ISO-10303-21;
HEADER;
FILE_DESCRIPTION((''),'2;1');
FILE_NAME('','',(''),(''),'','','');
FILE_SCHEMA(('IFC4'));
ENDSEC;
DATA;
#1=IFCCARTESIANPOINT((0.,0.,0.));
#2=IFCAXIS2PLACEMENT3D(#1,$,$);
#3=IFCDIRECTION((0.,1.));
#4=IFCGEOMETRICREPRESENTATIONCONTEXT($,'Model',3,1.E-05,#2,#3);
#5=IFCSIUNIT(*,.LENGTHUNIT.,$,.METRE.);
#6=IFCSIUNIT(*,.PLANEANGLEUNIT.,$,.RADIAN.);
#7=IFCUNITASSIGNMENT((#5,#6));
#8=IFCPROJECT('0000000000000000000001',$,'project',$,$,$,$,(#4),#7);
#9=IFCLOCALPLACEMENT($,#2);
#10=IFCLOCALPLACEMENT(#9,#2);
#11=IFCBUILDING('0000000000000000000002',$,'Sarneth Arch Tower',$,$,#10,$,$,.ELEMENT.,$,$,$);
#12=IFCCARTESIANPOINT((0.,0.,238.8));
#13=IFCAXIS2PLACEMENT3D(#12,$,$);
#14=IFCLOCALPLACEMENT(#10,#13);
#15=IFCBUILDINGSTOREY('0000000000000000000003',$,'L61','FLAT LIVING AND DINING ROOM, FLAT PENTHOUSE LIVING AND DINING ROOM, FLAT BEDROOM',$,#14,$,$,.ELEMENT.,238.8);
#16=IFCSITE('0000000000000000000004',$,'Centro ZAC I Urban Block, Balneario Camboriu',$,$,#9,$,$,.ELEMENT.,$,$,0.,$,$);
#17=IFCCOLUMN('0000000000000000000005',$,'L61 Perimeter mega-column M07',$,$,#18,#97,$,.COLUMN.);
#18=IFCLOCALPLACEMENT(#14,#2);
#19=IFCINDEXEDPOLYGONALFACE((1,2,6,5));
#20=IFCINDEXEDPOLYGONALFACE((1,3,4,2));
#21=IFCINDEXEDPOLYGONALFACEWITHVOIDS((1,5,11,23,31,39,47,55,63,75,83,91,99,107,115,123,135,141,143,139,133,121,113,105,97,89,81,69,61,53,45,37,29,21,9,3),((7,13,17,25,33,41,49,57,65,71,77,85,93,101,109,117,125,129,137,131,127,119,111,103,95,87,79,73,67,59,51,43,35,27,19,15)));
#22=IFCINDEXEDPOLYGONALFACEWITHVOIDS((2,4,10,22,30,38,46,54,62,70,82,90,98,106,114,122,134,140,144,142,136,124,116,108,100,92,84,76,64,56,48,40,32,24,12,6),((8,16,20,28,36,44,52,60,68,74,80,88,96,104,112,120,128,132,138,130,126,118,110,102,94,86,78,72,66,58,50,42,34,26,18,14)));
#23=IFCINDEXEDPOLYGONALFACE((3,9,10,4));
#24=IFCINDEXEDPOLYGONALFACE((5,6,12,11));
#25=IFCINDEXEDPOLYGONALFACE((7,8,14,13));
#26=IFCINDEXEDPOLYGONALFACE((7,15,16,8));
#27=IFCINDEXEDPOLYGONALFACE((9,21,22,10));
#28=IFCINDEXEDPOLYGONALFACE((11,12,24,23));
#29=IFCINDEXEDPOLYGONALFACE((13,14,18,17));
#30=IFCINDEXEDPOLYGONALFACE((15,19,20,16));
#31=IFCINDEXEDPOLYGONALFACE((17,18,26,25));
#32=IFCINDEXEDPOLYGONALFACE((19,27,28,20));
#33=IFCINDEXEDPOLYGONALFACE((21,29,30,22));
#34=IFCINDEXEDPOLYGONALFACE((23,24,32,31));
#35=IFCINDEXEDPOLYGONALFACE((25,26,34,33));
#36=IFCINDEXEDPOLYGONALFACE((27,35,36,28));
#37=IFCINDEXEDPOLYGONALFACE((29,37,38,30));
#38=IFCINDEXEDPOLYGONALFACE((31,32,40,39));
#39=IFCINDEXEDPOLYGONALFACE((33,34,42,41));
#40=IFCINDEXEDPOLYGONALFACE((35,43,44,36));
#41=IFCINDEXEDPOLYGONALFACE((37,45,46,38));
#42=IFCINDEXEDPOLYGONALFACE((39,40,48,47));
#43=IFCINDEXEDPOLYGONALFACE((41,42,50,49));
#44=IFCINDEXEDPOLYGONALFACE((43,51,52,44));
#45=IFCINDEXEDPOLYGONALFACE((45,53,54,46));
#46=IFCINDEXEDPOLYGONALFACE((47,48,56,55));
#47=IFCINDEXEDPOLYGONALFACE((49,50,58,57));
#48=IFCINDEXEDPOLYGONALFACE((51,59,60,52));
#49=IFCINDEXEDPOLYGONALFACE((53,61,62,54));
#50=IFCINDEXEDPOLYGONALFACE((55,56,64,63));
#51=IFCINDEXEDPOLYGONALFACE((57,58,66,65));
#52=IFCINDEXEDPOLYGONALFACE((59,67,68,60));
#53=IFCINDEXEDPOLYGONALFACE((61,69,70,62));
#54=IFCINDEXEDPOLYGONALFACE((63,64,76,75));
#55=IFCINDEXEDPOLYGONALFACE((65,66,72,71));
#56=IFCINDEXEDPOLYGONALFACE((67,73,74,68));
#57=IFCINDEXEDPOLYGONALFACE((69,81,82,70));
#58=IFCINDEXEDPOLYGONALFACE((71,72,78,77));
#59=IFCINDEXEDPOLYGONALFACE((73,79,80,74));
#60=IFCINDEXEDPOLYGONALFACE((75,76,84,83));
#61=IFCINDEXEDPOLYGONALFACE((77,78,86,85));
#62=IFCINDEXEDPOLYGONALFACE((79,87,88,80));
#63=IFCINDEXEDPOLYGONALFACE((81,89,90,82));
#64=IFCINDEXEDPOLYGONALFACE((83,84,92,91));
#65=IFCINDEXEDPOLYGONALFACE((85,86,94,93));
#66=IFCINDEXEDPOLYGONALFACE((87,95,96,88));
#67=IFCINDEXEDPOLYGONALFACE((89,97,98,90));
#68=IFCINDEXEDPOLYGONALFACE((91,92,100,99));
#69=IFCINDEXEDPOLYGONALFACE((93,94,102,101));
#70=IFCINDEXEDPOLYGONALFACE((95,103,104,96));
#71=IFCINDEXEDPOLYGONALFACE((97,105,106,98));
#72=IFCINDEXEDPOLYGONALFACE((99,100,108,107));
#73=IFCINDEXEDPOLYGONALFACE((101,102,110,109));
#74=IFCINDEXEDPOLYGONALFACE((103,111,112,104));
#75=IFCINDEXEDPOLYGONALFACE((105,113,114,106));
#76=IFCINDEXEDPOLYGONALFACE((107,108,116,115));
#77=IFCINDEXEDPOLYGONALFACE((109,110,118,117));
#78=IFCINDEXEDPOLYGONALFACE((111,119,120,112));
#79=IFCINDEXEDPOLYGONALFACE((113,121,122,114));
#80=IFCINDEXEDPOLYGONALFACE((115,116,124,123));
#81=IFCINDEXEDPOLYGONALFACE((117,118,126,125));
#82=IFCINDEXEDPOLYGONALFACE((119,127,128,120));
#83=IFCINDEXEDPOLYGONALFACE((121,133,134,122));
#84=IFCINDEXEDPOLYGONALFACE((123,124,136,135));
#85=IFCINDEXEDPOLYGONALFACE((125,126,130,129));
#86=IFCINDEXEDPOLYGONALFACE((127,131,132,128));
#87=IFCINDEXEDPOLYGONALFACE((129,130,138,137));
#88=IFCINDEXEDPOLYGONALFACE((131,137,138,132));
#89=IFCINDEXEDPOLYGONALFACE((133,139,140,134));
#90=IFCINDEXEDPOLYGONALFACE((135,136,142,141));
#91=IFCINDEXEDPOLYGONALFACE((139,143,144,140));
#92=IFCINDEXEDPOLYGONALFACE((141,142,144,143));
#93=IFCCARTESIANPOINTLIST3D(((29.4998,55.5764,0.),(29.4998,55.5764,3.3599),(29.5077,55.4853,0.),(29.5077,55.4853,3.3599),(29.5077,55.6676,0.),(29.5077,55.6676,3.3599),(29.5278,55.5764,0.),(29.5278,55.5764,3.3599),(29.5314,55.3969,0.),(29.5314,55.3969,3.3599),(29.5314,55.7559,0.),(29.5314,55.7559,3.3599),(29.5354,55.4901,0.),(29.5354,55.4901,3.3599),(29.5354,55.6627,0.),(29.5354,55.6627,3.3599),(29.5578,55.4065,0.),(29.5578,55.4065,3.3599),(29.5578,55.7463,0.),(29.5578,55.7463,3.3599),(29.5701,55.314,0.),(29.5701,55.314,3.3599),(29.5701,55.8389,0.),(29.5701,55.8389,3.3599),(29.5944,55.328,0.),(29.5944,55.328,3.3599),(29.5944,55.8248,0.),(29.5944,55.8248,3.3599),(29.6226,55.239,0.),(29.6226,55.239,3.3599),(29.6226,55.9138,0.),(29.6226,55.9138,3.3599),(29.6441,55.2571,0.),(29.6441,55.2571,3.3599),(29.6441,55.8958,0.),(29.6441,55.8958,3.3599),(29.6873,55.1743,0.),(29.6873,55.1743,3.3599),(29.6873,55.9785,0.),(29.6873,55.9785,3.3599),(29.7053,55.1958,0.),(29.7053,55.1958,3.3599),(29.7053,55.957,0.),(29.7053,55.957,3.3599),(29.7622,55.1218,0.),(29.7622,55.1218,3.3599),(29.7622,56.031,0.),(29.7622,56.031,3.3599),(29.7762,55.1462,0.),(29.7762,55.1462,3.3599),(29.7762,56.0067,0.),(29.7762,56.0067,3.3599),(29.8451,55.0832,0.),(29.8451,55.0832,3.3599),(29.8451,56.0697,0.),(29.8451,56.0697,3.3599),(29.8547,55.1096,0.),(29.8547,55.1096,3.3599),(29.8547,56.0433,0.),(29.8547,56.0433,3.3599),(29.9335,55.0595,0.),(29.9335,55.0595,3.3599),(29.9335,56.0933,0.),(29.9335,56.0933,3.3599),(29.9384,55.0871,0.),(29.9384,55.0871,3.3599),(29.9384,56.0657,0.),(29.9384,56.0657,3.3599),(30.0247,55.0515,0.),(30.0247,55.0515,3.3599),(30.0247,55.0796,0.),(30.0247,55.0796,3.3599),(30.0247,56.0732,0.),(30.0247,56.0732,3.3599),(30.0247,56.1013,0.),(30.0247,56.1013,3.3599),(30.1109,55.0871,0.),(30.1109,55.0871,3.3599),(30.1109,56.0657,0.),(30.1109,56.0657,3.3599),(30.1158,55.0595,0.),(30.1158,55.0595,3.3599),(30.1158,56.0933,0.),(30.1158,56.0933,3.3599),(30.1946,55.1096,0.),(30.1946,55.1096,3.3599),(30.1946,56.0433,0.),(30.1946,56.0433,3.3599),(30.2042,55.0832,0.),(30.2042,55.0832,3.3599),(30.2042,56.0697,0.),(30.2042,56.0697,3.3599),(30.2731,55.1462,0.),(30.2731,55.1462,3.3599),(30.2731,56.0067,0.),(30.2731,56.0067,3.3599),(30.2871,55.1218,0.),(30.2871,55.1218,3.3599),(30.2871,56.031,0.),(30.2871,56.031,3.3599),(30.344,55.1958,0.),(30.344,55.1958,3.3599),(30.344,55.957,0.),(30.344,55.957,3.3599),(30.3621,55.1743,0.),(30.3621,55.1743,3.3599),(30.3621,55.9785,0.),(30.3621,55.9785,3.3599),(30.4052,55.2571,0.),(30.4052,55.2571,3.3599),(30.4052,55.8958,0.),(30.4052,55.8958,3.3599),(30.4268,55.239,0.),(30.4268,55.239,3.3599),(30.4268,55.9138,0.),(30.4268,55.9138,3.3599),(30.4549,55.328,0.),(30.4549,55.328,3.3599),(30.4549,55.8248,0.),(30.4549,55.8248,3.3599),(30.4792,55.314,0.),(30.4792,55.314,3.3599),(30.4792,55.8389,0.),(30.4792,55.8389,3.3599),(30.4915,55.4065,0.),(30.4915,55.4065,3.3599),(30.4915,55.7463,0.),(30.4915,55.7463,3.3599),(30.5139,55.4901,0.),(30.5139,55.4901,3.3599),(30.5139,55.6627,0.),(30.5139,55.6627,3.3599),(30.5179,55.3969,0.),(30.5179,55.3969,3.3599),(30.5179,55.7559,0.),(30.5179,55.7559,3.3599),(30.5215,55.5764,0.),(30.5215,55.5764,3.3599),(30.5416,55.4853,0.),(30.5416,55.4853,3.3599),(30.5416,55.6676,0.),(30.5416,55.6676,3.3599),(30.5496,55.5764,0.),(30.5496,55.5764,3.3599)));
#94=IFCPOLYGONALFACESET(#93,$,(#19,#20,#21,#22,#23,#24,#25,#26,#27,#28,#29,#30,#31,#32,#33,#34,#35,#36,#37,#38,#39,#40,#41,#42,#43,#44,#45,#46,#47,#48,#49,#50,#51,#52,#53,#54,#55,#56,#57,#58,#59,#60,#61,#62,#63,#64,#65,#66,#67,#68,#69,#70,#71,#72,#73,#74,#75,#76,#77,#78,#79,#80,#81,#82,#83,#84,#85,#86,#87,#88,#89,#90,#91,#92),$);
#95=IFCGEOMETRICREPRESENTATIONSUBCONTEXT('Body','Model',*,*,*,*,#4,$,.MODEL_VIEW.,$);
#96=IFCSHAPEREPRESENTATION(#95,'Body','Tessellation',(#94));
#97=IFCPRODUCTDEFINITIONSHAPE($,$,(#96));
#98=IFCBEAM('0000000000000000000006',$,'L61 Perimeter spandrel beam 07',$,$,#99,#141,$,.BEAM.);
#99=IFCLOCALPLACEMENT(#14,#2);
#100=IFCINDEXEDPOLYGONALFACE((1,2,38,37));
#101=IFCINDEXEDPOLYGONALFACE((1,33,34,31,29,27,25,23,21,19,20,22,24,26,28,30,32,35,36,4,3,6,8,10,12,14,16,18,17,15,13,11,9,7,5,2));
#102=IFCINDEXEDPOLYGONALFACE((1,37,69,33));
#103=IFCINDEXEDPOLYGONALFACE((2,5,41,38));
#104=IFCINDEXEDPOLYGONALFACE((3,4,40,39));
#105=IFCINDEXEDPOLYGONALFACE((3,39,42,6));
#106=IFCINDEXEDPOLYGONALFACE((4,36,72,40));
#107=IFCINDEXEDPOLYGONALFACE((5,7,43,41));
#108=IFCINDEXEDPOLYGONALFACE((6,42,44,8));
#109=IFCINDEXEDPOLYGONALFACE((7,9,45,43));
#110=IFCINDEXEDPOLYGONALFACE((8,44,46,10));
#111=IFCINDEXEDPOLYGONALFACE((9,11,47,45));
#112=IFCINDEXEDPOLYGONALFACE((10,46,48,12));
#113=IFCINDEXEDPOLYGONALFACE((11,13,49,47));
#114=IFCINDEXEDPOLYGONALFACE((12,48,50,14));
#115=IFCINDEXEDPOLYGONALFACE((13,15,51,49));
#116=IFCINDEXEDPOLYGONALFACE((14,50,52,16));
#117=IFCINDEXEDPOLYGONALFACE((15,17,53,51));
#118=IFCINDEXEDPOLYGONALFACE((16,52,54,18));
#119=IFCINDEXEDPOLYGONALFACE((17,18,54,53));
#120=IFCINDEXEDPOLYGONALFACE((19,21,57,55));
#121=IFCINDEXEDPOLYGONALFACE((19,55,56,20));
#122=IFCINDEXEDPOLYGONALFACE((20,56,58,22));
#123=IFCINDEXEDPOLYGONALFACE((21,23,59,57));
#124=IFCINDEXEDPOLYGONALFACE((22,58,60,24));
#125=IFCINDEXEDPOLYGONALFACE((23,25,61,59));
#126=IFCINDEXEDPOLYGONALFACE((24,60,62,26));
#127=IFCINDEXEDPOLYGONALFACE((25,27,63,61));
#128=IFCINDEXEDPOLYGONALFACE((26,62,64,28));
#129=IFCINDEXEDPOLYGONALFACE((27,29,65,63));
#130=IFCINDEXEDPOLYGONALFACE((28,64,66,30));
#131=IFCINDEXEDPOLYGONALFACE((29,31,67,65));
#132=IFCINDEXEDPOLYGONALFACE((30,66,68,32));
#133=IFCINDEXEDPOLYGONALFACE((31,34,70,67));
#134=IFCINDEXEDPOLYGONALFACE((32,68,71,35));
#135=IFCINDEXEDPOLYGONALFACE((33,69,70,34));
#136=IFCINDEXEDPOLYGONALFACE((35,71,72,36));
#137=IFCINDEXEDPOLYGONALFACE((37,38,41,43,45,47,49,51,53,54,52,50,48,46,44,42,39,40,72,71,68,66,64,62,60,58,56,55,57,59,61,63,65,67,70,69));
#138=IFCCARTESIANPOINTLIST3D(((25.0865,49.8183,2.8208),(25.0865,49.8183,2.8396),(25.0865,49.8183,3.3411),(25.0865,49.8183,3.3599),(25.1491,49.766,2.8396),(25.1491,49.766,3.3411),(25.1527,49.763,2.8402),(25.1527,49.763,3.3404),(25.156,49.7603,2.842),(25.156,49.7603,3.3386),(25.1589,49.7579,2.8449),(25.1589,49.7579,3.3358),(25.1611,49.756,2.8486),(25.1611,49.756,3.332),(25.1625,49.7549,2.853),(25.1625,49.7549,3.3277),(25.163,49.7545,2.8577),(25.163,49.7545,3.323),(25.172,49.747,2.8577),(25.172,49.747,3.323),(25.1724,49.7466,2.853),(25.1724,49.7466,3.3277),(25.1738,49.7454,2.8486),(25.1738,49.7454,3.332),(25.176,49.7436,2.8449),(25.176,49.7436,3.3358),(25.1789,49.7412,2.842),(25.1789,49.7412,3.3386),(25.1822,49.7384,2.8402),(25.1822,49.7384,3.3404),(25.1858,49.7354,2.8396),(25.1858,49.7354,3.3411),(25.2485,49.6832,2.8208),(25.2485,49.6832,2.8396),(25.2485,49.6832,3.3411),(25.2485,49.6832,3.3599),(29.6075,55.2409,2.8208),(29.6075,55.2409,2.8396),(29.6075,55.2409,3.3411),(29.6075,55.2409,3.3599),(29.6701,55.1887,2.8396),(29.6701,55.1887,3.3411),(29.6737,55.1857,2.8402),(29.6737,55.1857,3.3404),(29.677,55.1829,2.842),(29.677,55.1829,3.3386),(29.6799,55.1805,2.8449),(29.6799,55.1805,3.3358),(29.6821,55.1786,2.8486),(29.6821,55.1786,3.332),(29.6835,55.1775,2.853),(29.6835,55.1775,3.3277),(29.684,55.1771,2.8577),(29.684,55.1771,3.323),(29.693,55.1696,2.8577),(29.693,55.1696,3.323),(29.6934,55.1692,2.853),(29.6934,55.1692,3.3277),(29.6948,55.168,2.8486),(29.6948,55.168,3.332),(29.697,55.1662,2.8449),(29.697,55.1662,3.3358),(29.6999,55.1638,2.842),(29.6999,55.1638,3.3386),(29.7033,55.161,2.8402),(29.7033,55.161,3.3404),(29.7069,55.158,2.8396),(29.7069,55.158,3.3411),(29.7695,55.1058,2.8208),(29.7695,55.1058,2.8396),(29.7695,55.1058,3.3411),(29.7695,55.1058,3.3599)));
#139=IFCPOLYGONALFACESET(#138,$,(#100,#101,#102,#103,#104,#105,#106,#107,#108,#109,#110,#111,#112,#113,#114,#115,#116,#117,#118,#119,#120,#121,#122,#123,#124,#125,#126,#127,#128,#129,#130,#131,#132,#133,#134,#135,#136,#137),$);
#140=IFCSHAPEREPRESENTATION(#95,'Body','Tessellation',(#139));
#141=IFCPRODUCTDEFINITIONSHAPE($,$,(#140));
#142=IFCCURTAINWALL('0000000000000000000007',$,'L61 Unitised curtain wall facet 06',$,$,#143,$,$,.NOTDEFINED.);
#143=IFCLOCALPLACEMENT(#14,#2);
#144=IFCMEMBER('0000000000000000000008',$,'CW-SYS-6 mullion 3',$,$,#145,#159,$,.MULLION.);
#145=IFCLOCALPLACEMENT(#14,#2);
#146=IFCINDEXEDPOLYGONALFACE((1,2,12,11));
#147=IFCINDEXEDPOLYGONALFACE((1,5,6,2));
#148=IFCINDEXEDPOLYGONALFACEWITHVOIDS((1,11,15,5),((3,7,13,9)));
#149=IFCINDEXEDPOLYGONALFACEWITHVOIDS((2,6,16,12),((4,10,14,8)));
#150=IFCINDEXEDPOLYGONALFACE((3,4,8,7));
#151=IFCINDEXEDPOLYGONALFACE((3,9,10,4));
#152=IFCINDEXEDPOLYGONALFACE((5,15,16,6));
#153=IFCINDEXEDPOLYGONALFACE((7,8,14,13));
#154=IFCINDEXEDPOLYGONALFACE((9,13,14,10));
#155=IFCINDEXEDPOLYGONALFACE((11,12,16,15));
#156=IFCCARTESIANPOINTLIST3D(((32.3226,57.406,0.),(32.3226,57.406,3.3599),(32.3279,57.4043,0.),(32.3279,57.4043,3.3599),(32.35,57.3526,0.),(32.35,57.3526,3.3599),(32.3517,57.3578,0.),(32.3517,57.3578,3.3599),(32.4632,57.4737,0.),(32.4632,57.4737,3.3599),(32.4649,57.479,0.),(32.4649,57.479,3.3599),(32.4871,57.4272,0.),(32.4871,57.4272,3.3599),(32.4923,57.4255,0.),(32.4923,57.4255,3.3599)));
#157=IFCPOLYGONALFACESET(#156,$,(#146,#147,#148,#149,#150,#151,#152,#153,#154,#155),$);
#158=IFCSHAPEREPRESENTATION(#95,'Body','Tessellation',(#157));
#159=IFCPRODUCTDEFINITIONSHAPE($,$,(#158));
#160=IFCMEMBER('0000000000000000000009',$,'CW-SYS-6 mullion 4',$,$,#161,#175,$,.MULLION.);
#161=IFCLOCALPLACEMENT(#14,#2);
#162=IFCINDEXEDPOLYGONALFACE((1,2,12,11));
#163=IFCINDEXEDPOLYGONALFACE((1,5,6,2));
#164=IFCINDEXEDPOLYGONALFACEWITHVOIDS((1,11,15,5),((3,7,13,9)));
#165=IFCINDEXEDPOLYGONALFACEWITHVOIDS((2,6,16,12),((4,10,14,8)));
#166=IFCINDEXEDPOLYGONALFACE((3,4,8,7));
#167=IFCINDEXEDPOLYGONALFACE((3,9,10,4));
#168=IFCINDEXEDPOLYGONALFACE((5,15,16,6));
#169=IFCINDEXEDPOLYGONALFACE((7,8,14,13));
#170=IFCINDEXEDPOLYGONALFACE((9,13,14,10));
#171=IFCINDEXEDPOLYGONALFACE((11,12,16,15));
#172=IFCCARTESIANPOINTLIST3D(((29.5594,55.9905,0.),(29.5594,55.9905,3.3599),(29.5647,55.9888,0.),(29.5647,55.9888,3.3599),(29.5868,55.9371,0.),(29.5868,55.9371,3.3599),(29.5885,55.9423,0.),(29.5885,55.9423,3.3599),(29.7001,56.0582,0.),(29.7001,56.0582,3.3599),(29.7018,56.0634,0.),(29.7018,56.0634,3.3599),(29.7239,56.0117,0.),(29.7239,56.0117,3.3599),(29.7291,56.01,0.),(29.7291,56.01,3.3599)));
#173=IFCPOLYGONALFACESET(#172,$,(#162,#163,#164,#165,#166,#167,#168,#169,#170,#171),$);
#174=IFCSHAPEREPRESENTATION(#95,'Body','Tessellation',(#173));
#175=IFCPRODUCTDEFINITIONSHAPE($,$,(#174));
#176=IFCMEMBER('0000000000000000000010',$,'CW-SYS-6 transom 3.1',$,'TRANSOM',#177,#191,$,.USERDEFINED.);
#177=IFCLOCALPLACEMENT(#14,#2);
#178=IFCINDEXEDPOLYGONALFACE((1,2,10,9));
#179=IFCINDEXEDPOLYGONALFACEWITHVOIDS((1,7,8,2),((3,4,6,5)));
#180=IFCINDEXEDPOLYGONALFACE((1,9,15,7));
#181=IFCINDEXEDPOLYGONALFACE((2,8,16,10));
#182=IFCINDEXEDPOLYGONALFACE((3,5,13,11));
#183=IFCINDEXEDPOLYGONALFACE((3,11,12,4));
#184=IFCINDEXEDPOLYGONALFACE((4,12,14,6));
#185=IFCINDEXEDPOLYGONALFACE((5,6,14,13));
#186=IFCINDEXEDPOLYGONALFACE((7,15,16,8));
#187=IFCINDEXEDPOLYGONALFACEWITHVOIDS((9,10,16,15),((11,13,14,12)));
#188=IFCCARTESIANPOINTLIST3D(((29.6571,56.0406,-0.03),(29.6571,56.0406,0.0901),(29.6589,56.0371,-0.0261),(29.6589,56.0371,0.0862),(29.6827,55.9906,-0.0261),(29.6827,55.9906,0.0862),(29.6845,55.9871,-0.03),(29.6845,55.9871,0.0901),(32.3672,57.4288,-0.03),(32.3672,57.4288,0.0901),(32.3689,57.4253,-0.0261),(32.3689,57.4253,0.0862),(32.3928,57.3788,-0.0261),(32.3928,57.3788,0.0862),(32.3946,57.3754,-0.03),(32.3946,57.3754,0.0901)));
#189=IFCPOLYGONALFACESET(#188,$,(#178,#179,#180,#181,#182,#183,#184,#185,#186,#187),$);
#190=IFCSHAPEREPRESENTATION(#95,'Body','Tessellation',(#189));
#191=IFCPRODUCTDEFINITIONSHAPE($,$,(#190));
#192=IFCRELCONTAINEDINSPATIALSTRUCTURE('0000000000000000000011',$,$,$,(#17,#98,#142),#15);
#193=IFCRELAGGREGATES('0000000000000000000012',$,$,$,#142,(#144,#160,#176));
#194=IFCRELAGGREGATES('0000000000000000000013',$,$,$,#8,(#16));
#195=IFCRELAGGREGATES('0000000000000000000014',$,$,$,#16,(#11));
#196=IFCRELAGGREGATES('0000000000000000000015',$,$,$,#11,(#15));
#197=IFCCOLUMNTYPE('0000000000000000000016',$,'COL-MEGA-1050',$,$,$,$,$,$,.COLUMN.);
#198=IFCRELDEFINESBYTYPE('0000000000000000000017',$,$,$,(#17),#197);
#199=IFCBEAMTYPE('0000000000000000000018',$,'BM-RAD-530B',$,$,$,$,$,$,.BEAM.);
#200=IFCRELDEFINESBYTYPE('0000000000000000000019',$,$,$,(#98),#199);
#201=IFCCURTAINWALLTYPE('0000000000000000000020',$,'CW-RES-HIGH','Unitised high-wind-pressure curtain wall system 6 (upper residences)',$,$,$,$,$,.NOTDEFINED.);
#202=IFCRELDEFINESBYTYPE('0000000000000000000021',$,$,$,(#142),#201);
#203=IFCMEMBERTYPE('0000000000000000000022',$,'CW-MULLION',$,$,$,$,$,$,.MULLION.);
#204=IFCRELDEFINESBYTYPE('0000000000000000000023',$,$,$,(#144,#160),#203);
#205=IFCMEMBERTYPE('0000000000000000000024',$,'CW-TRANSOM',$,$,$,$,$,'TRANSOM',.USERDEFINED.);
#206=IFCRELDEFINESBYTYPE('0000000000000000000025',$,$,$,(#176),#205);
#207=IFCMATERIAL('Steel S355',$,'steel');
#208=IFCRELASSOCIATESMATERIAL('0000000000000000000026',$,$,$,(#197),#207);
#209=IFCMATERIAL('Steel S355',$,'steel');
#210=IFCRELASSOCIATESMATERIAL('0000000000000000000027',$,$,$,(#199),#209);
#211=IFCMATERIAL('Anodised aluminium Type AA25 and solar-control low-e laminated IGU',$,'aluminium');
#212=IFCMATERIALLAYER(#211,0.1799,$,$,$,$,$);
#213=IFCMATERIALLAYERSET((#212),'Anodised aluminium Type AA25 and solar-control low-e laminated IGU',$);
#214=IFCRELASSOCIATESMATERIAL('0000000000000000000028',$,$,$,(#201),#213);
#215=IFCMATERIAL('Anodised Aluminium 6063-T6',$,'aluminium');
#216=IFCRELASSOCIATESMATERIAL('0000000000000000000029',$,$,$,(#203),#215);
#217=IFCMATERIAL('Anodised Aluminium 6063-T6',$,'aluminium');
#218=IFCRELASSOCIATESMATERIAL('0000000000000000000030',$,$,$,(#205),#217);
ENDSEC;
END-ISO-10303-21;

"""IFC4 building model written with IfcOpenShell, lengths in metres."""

from ifc_helpers import new_model, si_unit, direction, frame, origin, origin_2d, place, context, subcontext, project, spatial, hollow_rectangle, hollow_circle, i_section, extrude, material, layer, layer_set, material_profile, profile_set, type_object, element, aggregate, save


model = new_model("IFC4")

# Units and contexts
model_context = context("Model", 3, precision=1e-05, world=origin(), true_north=direction((0.0, 1.0)))
body_context = subcontext(model_context, "Body", "Model", "MODEL_VIEW")
ifc_project = project(units=[si_unit("LENGTHUNIT", "METRE"), si_unit("PLANEANGLEUNIT", "RADIAN")], contexts=[model_context])

# Site, building, storey
site_placement = place(None, origin())
site = spatial("IfcSite", under=ifc_project, at=site_placement, Name="Centro ZAC I Urban Block, Balneario Camboriu", CompositionType="ELEMENT", RefElevation=0.0)
building_placement = place(site_placement, origin())
building = spatial("IfcBuilding", under=site, at=building_placement, Name="Sarneth Arch Tower", CompositionType="ELEMENT")
storey_placement = place(building_placement, frame((0.0, 0.0, 238.8)))
storey = spatial("IfcBuildingStorey", under=building, at=storey_placement, Name="L61", Description="FLAT LIVING AND DINING ROOM, FLAT PENTHOUSE LIVING AND DINING ROOM, FLAT BEDROOM", CompositionType="ELEMENT", Elevation=238.8)

# Column
ifc_material_1 = material(Name="Steel S355", Category="steel")
ifc_material_profile_1 = material_profile(ifc_material_1, hollow_circle(Radius=0.5249, WallThickness=0.0281, at=origin_2d()), Name="CHS1050x28")
ifc_profile_set_1 = profile_set([ifc_material_profile_1], Name="Steel S355")
column_type = type_object("IfcColumnType", Name="COL-MEGA-1050", PredefinedType="COLUMN", material=ifc_profile_set_1)
column_placement = place(storey_placement, frame((30.0247, 55.5764, 0.0), z_axis=(0.0, 0.0, 1.0), x_axis=(1.0, 0.0, 0.0)))
element("IfcColumn", 1, at=column_placement, inside=storey, type_object=column_type, Name="L61 Perimeter mega-column M07", PredefinedType="COLUMN", context=body_context, shape_type="SweptSolid", body=[
    extrude(hollow_circle(Radius=0.5249, WallThickness=0.0281, at=origin_2d()), origin(), (0.0, 0.0, 1.0), 3.3599),
])

# Beam
ifc_material_2 = material(Name="Steel S355", Category="steel")
ifc_material_profile_2 = material_profile(ifc_material_2, i_section(OverallWidth=0.2109, OverallDepth=0.5391, WebThickness=0.0117, FlangeThickness=0.0188, FilletRadius=0.0181, at=origin_2d()), Name="W530x109")
ifc_profile_set_2 = profile_set([ifc_material_profile_2], Name="Steel S355")
beam_type = type_object("IfcBeamType", Name="BM-RAD-530B", PredefinedType="BEAM", material=ifc_profile_set_2)
beam_placement = place(storey_placement, frame((29.6885, 55.1733, 3.0903), z_axis=(-0.640365, -0.768071, 0.0), x_axis=(0.768071, -0.640365, 0.0)))
element("IfcBeam", 2, at=beam_placement, inside=storey, type_object=beam_type, Name="L61 Perimeter spandrel beam 07", PredefinedType="BEAM", context=body_context, shape_type="SweptSolid", body=[
    extrude(i_section(OverallWidth=0.2109, OverallDepth=0.5391, WebThickness=0.0117, FlangeThickness=0.0188, FilletRadius=0.0181, at=origin_2d()), origin(), (0.0, 0.0, 1.0), 7.0601),
])

# Curtain wall, members
ifc_material_3 = material(Name="Anodised aluminium Type AA25 and solar-control low-e laminated IGU", Category="aluminium")
ifc_layer_1 = layer(ifc_material_3, 0.1799)
ifc_layer_set_1 = layer_set([ifc_layer_1], Name="Anodised aluminium Type AA25 and solar-control low-e laminated IGU")
curtain_wall_type = type_object("IfcCurtainWallType", Name="CW-RES-HIGH", Description="Unitised high-wind-pressure curtain wall system 6 (upper residences)", PredefinedType="NOTDEFINED", material=ifc_layer_set_1)
curtain_wall_placement = place(storey_placement, origin())
curtain_wall = element("IfcCurtainWall", 3, at=curtain_wall_placement, inside=storey, type_object=curtain_wall_type, Name="L61 Unitised curtain wall facet 06", PredefinedType="NOTDEFINED")
ifc_material_4 = material(Name="Anodised Aluminium 6063-T6", Category="aluminium")
ifc_material_profile_3 = material_profile(ifc_material_4, hollow_rectangle(XDim=0.0601, YDim=0.1599, WallThickness=0.0039, at=origin_2d()), Name="AL-MULL-160x60x4")
ifc_profile_set_3 = profile_set([ifc_material_profile_3], Name="Anodised Aluminium 6063-T6")
member_type_1 = type_object("IfcMemberType", Name="CW-MULLION", PredefinedType="MULLION", material=ifc_profile_set_3)
member_1_placement = place(storey_placement, frame((32.4075, 57.4158, 0.0), z_axis=(0.0, 0.0, 1.0), x_axis=(0.455942, -0.89001, 0.0)))
member_1 = element("IfcMember", 4, at=member_1_placement, type_object=member_type_1, Name="CW-SYS-6 mullion 3", PredefinedType="MULLION", context=body_context, shape_type="SweptSolid", body=[
    extrude(hollow_rectangle(XDim=0.0601, YDim=0.1599, WallThickness=0.0039, at=origin_2d()), origin(), (0.0, 0.0, 1.0), 3.3599),
])
member_2_placement = place(storey_placement, frame((29.6443, 56.0002, 0.0), z_axis=(0.0, 0.0, 1.0), x_axis=(0.455942, -0.89001, 0.0)))
member_2 = element("IfcMember", 5, at=member_2_placement, type_object=member_type_1, Name="CW-SYS-6 mullion 4", PredefinedType="MULLION", context=body_context, shape_type="SweptSolid", body=[
    extrude(hollow_rectangle(XDim=0.0601, YDim=0.1599, WallThickness=0.0039, at=origin_2d()), origin(), (0.0, 0.0, 1.0), 3.3599),
])
ifc_material_5 = material(Name="Anodised Aluminium 6063-T6", Category="aluminium")
ifc_material_profile_4 = material_profile(ifc_material_5, hollow_rectangle(XDim=0.0601, YDim=0.1201, WallThickness=0.0039, at=origin_2d()), Name="AL-TRAN-120x60x4")
ifc_profile_set_4 = profile_set([ifc_material_profile_4], Name="Anodised Aluminium 6063-T6")
member_type_2 = type_object("IfcMemberType", Name="CW-TRANSOM", ElementType="TRANSOM", PredefinedType="USERDEFINED", material=ifc_profile_set_4)
member_3_placement = place(storey_placement, frame((32.3809, 57.4021, 0.03), z_axis=(-0.890023, -0.455916, 0.0), x_axis=(0.455916, -0.890023, 0.0)))
member_3 = element("IfcMember", 6, at=member_3_placement, type_object=member_type_2, Name="CW-SYS-6 transom 3.1", ObjectType="TRANSOM", PredefinedType="USERDEFINED", context=body_context, shape_type="SweptSolid", body=[
    extrude(hollow_rectangle(XDim=0.0601, YDim=0.1201, WallThickness=0.0039, at=origin_2d()), origin(), (0.0, 0.0, 1.0), 3.0449),
])

aggregate(curtain_wall, [member_1, member_2, member_3])

save(model, "model.ifc")
